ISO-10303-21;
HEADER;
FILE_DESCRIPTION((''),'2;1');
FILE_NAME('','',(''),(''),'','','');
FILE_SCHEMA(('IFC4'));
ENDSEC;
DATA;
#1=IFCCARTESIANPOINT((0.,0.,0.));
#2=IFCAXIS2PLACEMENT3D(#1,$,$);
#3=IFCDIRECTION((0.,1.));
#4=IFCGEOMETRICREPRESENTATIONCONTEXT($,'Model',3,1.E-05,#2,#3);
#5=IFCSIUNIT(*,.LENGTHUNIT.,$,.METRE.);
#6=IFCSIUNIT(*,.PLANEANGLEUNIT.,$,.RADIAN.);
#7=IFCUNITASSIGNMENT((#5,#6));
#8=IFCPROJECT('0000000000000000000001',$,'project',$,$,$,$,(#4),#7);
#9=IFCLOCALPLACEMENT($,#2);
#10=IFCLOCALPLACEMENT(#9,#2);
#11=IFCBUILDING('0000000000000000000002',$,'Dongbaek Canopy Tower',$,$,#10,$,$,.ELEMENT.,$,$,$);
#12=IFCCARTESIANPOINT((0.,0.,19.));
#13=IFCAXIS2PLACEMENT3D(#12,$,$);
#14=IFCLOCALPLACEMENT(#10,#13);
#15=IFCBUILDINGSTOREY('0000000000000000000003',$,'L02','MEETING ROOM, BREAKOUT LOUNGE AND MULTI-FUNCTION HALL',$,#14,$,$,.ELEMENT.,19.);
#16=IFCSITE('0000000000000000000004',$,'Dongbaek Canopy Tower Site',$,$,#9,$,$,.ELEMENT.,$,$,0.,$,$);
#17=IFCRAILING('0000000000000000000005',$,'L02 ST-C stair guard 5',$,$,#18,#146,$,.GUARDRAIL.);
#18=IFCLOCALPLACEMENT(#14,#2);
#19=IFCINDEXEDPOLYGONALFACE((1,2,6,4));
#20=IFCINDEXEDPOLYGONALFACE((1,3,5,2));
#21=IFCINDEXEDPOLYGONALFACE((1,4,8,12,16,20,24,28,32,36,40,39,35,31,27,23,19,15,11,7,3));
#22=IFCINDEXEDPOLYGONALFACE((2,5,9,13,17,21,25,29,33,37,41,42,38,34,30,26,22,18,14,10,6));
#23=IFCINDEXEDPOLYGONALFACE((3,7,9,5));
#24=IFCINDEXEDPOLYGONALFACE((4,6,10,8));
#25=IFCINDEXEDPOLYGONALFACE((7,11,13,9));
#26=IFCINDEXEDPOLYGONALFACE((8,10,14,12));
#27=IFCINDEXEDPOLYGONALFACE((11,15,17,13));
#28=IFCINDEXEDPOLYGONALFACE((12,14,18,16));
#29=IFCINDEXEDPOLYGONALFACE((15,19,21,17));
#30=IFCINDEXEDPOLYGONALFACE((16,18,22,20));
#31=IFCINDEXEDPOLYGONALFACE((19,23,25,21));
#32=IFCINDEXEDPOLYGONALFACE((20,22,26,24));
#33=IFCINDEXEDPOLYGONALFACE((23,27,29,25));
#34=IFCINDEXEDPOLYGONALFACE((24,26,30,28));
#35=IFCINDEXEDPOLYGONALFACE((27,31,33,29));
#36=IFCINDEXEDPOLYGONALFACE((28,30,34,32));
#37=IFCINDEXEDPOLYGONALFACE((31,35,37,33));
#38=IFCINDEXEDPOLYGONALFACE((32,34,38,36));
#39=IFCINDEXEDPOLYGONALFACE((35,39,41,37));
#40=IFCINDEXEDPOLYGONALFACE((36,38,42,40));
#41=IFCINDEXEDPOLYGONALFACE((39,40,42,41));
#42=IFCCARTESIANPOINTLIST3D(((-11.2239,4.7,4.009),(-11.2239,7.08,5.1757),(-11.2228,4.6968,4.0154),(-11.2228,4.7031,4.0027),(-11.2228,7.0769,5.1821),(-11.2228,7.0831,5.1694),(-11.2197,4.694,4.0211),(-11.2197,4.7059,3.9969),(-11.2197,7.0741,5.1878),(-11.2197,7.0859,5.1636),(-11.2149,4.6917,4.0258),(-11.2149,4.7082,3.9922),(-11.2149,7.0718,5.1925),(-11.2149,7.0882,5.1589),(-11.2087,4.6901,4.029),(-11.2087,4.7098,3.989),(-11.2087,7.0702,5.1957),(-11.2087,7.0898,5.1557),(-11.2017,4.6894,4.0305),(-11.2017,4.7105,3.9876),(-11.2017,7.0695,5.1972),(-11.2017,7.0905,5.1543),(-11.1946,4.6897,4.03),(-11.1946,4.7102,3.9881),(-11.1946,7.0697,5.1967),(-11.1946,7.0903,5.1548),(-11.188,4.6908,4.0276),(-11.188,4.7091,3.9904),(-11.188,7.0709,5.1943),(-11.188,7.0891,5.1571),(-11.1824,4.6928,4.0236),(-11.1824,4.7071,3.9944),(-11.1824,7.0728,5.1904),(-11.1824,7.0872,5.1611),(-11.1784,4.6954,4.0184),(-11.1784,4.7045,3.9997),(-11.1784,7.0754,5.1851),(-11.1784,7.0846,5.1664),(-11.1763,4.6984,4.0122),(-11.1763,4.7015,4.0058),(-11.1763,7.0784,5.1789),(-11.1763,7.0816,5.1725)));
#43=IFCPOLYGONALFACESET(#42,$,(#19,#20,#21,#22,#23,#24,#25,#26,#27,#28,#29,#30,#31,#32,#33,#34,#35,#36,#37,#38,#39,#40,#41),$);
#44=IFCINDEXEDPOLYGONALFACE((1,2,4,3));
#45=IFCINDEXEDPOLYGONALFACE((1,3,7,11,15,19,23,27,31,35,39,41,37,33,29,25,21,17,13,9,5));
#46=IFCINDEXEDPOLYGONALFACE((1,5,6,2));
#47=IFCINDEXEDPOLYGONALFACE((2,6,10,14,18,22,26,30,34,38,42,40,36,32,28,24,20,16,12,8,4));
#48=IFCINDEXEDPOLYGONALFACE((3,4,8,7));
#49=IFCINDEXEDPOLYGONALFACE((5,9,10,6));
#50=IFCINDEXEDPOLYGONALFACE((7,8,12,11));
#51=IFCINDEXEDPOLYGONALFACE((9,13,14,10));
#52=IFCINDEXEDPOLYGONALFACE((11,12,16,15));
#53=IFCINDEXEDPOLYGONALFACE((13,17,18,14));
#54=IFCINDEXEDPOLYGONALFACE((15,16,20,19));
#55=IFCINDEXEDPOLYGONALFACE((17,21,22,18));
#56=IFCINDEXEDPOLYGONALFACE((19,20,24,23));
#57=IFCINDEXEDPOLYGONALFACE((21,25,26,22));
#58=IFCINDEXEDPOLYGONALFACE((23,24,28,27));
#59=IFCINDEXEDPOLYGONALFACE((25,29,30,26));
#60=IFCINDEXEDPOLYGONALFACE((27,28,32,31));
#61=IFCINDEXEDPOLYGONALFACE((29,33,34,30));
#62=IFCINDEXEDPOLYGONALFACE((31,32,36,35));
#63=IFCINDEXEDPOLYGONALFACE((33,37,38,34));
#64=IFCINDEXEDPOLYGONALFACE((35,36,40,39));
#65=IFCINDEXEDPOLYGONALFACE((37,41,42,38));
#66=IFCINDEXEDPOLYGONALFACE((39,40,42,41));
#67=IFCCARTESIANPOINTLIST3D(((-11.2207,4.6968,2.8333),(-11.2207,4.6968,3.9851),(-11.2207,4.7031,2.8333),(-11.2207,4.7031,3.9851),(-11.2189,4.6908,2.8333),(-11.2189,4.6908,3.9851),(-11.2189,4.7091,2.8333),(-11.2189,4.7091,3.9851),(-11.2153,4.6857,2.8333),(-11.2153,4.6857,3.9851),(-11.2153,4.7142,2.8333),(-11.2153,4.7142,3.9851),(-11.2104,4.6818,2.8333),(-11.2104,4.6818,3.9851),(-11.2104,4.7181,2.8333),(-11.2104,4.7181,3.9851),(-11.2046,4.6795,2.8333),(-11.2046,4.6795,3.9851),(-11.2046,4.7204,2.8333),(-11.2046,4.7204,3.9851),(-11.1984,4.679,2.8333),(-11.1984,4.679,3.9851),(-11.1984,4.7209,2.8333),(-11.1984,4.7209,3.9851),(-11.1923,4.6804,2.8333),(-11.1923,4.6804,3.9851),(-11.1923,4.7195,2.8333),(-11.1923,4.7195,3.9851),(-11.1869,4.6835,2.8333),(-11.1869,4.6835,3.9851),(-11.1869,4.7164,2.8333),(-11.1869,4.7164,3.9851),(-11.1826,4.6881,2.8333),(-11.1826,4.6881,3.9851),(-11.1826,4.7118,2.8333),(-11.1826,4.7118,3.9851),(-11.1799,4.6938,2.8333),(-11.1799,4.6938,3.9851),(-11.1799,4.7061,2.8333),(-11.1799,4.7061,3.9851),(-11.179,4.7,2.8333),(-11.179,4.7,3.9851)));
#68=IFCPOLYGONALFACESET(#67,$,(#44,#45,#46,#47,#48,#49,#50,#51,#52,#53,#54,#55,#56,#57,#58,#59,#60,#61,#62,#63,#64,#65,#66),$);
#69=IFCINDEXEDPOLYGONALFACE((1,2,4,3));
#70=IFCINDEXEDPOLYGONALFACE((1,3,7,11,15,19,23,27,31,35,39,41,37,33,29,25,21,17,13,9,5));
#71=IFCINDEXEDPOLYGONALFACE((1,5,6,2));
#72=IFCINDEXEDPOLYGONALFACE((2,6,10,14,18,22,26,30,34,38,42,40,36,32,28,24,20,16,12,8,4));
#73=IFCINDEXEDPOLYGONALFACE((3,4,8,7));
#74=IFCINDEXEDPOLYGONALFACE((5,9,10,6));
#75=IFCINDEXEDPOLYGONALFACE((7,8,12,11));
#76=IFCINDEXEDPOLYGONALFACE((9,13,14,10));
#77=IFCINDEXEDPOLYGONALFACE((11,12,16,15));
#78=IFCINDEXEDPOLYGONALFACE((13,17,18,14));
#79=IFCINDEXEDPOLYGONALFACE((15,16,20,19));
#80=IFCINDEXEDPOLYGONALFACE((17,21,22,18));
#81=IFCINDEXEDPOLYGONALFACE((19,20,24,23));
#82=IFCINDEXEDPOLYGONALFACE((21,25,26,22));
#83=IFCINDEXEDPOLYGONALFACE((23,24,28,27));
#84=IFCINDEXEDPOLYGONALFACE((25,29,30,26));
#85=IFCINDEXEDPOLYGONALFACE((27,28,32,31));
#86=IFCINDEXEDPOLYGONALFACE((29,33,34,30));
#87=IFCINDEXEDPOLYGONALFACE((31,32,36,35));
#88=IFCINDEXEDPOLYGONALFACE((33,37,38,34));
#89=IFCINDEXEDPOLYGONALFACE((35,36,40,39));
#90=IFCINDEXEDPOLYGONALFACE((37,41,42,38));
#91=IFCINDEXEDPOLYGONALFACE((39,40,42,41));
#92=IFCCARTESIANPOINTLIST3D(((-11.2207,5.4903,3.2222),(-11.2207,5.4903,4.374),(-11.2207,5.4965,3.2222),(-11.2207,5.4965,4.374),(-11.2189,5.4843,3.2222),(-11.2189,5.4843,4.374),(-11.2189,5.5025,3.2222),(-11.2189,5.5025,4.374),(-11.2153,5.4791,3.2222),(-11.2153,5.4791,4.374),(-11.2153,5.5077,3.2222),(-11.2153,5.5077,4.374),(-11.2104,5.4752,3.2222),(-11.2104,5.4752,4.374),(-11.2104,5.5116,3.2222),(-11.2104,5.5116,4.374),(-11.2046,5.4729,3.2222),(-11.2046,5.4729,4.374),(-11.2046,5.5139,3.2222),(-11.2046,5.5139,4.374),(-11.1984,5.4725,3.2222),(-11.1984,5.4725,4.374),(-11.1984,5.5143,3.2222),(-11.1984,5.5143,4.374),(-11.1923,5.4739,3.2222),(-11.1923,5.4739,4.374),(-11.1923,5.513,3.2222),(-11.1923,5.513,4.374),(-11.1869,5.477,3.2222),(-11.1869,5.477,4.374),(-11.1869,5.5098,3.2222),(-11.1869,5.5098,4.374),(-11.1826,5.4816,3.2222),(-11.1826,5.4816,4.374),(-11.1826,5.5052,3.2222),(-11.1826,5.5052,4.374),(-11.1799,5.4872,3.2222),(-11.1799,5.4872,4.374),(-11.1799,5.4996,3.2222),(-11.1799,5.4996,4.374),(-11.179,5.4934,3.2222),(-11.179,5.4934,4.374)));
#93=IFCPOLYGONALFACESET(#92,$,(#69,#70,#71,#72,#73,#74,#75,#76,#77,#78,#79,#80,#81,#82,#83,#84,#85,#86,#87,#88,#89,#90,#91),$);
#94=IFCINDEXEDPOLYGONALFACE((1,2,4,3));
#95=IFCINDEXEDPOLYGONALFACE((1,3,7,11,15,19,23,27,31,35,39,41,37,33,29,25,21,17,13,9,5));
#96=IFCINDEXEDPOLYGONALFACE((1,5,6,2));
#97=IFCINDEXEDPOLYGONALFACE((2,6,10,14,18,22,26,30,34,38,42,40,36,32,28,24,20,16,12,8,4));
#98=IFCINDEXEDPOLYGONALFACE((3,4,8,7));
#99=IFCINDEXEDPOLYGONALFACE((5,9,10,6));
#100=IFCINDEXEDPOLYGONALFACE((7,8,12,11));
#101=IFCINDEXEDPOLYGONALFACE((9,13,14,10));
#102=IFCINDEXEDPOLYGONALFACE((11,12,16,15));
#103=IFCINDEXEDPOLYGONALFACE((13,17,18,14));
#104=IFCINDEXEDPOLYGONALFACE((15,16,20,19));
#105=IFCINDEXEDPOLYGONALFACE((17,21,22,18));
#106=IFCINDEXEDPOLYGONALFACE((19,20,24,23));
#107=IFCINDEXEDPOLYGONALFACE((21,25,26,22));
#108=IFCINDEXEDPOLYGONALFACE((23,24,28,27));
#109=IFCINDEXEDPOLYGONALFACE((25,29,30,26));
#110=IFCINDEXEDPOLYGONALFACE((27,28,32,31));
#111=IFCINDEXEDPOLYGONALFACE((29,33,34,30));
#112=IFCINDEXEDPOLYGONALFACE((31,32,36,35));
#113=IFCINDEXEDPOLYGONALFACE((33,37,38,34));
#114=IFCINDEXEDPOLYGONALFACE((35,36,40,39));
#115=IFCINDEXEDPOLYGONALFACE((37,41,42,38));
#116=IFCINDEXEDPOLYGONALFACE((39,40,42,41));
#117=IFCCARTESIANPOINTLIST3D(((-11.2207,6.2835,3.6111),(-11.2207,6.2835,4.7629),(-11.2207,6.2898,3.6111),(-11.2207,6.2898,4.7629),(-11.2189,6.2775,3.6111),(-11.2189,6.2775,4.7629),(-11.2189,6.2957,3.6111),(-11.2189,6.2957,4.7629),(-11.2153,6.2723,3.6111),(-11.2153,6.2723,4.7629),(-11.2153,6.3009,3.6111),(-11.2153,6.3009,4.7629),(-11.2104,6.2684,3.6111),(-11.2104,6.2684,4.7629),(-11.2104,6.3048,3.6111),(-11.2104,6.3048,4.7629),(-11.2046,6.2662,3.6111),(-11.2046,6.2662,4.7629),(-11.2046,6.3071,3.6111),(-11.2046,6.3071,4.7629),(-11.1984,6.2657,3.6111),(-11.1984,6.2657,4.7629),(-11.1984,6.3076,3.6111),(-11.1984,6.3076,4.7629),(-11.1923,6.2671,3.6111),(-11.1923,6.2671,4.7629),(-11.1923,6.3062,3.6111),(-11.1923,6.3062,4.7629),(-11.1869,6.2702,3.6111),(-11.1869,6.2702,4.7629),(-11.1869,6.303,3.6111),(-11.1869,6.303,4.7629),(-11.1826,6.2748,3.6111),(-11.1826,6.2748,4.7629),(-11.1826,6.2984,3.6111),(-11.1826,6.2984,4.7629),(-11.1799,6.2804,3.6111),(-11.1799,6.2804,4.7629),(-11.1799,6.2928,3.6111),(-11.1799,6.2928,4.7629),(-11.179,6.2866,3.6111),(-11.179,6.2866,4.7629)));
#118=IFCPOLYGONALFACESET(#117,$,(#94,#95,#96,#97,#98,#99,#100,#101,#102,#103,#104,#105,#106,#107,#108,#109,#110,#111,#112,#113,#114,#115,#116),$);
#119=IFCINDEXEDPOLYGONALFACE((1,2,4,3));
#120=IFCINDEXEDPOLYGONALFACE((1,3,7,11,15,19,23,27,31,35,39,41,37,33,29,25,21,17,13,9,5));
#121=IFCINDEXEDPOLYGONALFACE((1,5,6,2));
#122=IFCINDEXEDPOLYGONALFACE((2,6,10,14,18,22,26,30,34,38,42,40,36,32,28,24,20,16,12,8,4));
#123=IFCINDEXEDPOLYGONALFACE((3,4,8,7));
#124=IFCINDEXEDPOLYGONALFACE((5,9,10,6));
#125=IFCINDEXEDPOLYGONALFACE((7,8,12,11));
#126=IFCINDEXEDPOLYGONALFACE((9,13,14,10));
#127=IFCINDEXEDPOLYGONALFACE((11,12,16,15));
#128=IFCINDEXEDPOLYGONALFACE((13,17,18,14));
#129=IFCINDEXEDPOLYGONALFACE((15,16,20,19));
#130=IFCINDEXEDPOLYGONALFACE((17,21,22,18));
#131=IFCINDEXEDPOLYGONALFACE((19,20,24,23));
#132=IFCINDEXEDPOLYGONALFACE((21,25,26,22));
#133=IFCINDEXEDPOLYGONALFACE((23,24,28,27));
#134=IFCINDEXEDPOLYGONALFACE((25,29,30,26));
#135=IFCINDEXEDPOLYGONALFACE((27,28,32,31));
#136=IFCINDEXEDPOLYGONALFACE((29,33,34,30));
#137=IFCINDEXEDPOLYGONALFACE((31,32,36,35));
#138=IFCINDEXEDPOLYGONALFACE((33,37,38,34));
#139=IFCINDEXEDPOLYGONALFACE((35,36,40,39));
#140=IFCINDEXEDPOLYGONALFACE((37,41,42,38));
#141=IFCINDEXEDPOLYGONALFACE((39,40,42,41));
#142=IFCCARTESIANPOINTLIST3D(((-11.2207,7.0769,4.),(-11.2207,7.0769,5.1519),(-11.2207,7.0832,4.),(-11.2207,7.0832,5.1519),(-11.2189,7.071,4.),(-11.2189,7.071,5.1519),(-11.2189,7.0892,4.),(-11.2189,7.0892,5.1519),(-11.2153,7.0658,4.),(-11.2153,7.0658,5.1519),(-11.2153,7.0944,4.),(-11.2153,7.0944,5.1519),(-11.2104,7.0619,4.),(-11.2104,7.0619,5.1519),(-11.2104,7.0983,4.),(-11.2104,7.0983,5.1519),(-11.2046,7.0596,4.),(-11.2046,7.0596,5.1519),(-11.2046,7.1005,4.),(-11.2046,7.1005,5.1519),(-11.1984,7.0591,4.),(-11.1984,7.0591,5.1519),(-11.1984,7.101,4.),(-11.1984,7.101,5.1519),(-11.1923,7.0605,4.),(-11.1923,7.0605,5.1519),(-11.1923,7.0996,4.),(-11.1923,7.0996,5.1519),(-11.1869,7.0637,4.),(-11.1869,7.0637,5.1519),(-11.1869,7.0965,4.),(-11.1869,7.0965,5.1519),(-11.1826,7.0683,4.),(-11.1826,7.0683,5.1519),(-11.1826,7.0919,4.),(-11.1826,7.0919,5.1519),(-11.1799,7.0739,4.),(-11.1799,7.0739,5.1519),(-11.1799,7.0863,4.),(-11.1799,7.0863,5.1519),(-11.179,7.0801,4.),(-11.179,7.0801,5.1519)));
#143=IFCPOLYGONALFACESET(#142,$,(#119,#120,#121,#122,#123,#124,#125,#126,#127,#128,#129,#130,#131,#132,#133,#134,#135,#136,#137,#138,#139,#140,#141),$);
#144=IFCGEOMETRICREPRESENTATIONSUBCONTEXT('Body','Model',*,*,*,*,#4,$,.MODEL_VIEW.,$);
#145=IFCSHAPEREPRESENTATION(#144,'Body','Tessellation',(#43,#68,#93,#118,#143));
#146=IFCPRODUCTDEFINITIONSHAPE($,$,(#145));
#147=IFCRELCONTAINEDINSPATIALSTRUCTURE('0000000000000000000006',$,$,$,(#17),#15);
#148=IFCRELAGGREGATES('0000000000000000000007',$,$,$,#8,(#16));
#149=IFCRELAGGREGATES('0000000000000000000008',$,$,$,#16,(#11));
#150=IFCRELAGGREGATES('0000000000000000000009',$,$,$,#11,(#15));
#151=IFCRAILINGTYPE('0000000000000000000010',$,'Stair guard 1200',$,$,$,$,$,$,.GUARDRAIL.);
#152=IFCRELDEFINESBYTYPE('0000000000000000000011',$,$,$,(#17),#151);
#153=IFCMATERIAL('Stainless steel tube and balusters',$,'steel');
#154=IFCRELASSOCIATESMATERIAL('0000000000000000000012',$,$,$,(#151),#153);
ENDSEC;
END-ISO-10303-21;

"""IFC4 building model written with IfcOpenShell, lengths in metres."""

from ifc_helpers import new_model, si_unit, direction, frame, origin, origin_2d, place, context, subcontext, project, spatial, circle, extrude, material, type_object, element, save


model = new_model("IFC4")

# Units and contexts
model_context = context("Model", 3, precision=1e-05, world=origin(), true_north=direction((0.0, 1.0)))
body_context = subcontext(model_context, "Body", "Model", "MODEL_VIEW")
ifc_project = project(units=[si_unit("LENGTHUNIT", "METRE"), si_unit("PLANEANGLEUNIT", "RADIAN")], contexts=[model_context])

# Site, building, storey
site_placement = place(None, origin())
site = spatial("IfcSite", under=ifc_project, at=site_placement, Name="Dongbaek Canopy Tower Site", CompositionType="ELEMENT", RefElevation=0.0)
building_placement = place(site_placement, origin())
building = spatial("IfcBuilding", under=site, at=building_placement, Name="Dongbaek Canopy Tower", CompositionType="ELEMENT")
storey_placement = place(building_placement, frame((0.0, 0.0, 19.0)))
storey = spatial("IfcBuildingStorey", under=building, at=storey_placement, Name="L02", Description="MEETING ROOM, BREAKOUT LOUNGE AND MULTI-FUNCTION HALL", CompositionType="ELEMENT", Elevation=19.0)

# Railing
ifc_material_1 = material(Name="Stainless steel tube and balusters", Category="steel")
railing_type_1 = type_object("IfcRailingType", Name="Stair guard 1200", PredefinedType="GUARDRAIL", material=ifc_material_1)
railing_1_placement = place(storey_placement, frame((-11.2, 4.7, 2.8333)))
element("IfcRailing", 1, at=railing_1_placement, inside=storey, type_object=railing_type_1, Name="L02 ST-C stair guard 5", PredefinedType="GUARDRAIL", context=body_context, shape_type="SweptSolid", body=[
    extrude(circle(Radius=0.0239, at=origin_2d()), frame((0.0, 0.0, 1.1758), z_axis=(0.0, 0.897918, 0.440163), x_axis=(-1.0, 0.0, 0.0)), (0.0, 0.0, 1.0), 2.6506),
    extrude(circle(Radius=0.021, at=origin_2d()), origin(), (0.0, 0.0, 1.0), 1.1519),
    extrude(circle(Radius=0.021, at=origin_2d()), frame((0.0, 0.7935, 0.3889)), (0.0, 0.0, 1.0), 1.1519),
    extrude(circle(Radius=0.021, at=origin_2d()), frame((0.0, 1.5867, 0.7778)), (0.0, 0.0, 1.0), 1.1519),
    extrude(circle(Radius=0.021, at=origin_2d()), frame((0.0, 2.3801, 1.1667)), (0.0, 0.0, 1.0), 1.1519),
])

save(model, "model.ifc")
